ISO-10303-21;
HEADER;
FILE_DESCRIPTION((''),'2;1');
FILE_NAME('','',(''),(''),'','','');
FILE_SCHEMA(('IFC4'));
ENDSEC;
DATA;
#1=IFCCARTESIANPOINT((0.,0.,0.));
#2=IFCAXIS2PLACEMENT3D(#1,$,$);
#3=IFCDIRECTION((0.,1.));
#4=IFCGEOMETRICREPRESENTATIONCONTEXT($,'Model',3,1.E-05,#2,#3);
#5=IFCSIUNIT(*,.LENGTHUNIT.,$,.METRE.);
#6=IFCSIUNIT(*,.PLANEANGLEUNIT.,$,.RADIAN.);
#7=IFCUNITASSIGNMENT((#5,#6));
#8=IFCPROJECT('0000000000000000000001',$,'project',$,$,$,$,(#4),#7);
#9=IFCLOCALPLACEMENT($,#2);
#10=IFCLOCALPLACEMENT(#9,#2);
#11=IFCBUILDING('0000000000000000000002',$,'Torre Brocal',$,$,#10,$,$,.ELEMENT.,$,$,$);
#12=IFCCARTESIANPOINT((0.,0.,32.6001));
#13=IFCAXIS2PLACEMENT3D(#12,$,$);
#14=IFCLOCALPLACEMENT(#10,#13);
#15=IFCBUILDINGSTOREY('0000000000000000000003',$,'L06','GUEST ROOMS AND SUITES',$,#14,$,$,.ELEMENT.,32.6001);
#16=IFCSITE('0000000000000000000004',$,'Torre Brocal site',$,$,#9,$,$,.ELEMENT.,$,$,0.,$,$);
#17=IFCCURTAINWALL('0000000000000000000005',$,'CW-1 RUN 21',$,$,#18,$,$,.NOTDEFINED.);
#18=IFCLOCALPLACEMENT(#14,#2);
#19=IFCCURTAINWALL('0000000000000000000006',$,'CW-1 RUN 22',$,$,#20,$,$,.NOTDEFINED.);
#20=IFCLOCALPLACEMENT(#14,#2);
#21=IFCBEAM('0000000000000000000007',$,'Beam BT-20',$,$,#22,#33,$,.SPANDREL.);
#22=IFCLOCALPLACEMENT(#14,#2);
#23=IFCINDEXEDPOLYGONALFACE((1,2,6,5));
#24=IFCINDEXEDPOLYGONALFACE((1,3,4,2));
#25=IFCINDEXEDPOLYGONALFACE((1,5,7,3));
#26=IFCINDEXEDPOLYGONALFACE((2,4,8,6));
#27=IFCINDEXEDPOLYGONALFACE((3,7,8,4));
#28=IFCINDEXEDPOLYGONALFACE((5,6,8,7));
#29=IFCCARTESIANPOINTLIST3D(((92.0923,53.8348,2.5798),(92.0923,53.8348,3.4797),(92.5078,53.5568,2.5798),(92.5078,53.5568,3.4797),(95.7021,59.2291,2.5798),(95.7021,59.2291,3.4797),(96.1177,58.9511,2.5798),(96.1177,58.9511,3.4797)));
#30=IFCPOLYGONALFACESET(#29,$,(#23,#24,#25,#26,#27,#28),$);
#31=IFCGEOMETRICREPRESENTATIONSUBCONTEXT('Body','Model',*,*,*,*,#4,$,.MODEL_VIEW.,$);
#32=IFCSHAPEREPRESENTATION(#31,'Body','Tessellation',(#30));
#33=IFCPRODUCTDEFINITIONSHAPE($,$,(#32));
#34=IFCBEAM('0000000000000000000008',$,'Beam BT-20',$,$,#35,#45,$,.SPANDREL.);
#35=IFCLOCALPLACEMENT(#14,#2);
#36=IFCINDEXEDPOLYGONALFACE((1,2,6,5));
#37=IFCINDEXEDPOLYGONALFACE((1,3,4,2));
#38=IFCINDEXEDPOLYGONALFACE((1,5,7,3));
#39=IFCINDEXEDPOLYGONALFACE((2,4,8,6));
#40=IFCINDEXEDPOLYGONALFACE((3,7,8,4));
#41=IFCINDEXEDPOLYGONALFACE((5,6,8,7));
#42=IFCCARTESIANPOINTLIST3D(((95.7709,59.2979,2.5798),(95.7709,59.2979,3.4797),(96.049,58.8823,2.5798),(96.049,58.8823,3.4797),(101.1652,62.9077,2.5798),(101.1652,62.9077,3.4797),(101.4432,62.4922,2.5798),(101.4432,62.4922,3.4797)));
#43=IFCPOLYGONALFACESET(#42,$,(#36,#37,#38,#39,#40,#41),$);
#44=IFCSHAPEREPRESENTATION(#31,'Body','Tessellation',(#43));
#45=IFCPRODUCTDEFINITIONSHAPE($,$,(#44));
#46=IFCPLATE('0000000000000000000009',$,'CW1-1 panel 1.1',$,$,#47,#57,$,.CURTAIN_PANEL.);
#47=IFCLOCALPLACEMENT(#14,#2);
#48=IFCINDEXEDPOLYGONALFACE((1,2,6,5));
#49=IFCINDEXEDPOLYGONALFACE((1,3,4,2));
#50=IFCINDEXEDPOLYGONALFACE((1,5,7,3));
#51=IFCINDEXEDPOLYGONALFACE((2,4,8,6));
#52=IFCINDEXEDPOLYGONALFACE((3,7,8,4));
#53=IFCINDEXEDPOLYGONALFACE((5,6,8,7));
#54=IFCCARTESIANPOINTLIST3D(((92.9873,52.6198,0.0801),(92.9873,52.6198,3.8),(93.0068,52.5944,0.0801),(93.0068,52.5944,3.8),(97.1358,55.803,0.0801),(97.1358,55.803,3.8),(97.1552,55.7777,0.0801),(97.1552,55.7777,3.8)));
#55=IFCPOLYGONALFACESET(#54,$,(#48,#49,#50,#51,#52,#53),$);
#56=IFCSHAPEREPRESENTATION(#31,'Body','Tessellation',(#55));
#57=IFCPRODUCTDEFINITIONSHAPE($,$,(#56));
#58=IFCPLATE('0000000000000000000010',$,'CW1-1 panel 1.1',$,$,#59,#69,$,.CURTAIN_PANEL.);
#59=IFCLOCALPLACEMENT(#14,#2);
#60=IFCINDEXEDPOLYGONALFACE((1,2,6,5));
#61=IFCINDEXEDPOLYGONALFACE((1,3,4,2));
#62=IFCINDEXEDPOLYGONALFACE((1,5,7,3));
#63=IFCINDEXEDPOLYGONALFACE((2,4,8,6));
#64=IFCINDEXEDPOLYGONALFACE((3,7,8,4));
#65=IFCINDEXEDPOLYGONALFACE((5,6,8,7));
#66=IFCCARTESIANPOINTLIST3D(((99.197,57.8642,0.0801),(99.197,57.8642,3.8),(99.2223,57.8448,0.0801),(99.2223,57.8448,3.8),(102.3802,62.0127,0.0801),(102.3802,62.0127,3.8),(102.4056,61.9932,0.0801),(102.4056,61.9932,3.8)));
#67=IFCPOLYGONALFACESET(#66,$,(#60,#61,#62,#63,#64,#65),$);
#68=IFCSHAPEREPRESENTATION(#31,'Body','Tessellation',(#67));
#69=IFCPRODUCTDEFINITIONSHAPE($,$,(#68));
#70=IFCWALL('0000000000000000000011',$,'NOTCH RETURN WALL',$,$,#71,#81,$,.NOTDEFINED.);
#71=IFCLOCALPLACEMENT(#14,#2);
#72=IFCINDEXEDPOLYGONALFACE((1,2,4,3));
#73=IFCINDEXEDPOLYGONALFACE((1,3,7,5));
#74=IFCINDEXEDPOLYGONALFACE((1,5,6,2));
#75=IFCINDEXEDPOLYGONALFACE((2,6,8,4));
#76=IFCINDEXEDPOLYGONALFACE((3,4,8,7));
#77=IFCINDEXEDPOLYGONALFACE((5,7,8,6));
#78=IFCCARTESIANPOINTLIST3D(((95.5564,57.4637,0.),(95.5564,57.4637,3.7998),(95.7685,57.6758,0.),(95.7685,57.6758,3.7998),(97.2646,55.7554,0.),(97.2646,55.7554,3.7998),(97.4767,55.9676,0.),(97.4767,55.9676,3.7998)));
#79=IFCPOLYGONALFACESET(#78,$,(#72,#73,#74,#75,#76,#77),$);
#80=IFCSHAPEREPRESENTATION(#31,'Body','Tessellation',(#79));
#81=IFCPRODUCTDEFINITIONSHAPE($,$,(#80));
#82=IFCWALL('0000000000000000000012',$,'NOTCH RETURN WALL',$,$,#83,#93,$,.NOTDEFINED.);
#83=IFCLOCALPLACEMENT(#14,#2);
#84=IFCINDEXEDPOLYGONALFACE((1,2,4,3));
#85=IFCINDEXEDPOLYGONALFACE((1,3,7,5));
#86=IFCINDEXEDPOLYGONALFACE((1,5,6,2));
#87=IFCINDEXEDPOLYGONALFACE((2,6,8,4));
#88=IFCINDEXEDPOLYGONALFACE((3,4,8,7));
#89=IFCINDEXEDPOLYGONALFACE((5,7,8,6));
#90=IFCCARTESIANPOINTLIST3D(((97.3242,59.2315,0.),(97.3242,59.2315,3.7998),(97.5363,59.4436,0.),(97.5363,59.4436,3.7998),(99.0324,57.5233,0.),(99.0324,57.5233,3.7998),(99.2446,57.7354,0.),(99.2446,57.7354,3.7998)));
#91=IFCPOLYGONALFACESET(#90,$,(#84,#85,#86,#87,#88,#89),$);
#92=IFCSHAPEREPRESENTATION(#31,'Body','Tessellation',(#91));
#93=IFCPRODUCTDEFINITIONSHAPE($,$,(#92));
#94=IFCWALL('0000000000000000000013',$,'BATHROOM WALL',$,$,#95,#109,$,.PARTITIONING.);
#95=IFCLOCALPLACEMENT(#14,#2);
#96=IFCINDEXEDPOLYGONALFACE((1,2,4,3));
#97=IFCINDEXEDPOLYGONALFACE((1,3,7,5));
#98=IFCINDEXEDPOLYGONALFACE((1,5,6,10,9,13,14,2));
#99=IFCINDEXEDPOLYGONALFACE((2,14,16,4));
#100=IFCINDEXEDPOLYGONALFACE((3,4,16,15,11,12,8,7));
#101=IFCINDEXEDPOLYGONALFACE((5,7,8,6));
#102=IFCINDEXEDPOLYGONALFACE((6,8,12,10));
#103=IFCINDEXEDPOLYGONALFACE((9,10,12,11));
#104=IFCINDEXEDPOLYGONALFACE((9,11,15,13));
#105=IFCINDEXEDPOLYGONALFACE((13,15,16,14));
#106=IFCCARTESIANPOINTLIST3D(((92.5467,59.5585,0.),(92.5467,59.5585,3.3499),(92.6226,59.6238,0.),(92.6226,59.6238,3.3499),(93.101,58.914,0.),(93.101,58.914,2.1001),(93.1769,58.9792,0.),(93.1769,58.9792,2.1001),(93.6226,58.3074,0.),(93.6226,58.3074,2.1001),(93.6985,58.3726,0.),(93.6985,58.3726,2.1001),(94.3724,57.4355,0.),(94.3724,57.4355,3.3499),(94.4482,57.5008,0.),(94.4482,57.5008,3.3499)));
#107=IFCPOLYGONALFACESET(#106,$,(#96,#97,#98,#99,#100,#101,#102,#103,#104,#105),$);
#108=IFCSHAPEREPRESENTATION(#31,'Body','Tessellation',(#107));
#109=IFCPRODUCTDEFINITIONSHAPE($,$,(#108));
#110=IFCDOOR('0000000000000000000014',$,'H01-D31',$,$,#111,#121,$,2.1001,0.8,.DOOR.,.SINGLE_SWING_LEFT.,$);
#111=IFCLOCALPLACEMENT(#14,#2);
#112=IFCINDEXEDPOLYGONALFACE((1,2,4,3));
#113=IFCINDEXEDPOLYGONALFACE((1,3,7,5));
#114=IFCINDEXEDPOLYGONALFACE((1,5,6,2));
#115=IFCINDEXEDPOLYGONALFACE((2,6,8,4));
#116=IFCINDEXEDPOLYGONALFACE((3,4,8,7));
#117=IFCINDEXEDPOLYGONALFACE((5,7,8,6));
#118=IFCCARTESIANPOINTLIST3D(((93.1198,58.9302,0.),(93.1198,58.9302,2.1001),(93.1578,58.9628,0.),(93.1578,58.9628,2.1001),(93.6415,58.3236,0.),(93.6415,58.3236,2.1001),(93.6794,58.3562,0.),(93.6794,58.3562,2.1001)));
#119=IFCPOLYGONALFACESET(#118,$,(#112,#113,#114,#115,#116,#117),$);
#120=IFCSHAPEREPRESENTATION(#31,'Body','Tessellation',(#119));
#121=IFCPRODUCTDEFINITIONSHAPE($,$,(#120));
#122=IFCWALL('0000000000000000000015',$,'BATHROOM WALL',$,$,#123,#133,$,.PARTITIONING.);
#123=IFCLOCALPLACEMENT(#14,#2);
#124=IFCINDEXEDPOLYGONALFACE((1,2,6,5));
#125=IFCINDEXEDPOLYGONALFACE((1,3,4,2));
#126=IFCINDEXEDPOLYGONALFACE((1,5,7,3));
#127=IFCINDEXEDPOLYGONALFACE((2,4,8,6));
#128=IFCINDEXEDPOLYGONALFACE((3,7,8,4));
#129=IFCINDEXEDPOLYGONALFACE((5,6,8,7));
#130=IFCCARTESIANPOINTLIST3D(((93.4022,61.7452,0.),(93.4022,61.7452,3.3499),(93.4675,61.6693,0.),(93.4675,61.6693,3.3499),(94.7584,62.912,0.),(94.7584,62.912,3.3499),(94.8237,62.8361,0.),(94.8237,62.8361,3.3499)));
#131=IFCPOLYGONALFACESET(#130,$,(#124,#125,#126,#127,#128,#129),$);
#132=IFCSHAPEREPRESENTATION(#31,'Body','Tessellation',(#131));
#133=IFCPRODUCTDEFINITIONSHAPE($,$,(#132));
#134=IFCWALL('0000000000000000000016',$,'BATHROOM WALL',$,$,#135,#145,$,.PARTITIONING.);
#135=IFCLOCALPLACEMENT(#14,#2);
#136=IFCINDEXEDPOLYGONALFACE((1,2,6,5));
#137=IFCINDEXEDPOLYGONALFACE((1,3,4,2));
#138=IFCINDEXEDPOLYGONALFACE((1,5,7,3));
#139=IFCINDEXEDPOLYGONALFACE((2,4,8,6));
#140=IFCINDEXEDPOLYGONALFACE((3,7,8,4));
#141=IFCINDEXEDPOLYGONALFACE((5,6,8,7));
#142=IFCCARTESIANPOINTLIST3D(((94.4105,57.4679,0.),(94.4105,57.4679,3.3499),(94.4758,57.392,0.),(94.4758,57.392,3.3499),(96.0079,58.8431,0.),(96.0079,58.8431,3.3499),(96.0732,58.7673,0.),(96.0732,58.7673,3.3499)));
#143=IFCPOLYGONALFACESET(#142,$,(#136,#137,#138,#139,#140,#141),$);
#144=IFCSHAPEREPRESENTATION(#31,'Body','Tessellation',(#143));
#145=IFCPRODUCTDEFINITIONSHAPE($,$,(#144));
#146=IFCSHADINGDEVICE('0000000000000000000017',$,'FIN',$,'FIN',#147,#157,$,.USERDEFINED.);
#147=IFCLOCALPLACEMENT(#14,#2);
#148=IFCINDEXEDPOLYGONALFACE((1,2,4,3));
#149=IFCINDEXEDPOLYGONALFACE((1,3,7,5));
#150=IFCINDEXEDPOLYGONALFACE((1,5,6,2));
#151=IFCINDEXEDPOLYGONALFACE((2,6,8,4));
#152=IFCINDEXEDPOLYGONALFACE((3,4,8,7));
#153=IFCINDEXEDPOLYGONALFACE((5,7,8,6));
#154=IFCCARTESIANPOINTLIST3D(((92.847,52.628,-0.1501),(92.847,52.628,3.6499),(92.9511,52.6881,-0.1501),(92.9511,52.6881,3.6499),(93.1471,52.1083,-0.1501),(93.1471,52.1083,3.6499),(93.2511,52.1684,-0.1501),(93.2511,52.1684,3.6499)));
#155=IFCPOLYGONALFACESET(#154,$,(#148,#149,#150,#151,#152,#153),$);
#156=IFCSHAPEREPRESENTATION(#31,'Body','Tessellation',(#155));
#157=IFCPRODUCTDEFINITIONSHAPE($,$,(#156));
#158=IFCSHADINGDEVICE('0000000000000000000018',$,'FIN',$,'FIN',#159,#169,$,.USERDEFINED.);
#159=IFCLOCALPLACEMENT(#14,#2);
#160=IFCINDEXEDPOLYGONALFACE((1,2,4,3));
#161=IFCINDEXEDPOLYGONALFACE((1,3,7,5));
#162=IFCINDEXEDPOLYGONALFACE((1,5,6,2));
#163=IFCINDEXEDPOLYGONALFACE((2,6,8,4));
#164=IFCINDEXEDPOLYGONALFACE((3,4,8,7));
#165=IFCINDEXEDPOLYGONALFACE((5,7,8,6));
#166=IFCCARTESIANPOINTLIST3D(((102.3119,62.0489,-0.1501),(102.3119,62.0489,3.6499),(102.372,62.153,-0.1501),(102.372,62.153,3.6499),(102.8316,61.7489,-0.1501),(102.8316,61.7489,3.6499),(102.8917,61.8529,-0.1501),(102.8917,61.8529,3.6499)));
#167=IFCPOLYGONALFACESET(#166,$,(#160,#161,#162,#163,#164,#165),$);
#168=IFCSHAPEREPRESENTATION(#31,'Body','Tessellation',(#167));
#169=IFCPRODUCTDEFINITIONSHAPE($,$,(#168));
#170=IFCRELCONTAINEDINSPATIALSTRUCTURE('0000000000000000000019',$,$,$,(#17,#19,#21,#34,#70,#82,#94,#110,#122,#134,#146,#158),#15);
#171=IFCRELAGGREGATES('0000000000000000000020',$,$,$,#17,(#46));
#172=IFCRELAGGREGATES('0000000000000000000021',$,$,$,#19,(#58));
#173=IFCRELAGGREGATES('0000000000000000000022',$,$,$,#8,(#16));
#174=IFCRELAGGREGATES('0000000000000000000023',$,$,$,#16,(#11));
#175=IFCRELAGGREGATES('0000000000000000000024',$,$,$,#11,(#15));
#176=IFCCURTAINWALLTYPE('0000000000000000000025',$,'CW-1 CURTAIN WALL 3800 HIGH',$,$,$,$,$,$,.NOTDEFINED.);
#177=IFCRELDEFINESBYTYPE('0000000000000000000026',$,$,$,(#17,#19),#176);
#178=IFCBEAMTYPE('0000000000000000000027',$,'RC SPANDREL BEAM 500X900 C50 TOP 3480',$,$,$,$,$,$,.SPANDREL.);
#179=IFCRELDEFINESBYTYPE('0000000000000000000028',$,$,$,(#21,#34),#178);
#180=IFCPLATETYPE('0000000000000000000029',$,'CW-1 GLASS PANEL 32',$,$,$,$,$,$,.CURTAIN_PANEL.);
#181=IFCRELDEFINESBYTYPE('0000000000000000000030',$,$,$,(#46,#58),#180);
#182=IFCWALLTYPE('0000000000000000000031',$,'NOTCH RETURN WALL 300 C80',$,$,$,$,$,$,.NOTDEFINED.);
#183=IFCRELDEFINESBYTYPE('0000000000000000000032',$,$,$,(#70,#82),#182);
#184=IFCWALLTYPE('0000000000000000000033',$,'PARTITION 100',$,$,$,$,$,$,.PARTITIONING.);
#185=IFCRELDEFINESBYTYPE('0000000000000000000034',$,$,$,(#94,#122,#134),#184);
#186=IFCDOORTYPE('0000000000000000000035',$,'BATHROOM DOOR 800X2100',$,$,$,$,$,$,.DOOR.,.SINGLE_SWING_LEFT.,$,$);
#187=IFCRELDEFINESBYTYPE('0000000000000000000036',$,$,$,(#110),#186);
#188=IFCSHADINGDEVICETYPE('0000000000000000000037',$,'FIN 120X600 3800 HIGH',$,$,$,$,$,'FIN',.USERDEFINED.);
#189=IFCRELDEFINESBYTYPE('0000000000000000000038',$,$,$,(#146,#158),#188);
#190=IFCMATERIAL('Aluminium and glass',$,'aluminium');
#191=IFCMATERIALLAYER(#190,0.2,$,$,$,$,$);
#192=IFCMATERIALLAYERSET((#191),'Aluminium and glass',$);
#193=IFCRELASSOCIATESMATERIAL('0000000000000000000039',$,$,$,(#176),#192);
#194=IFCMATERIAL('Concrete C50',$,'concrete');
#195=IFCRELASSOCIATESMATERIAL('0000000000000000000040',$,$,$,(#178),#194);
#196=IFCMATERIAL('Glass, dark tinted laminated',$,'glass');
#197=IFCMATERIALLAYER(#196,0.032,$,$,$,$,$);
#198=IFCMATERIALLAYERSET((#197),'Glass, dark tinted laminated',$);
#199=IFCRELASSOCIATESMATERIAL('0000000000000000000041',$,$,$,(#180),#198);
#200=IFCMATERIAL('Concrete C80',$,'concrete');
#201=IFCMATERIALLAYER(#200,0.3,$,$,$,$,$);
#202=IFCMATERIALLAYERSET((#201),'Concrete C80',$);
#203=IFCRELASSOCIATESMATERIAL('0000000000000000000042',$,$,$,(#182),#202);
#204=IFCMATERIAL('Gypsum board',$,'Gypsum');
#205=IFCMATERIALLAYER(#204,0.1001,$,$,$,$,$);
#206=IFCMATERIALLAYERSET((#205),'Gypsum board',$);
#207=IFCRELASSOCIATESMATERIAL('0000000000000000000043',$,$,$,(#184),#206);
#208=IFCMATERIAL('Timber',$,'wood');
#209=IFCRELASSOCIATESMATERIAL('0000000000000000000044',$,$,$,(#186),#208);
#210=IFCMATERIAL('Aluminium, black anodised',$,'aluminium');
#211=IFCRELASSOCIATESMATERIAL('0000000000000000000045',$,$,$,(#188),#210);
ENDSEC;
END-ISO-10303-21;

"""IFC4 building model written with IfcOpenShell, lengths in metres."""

from ifc_helpers import new_model, si_unit, direction, frame, frame_2d, origin, origin_2d, place, context, subcontext, project, spatial, rectangle, extrude, material, layer, layer_set, material_profile, profile_set, type_object, element, fill, aggregate, save


model = new_model("IFC4")

# Units and contexts
model_context = context("Model", 3, precision=1e-05, world=origin(), true_north=direction((0.0, 1.0)))
body_context = subcontext(model_context, "Body", "Model", "MODEL_VIEW")
ifc_project = project(units=[si_unit("LENGTHUNIT", "METRE"), si_unit("PLANEANGLEUNIT", "RADIAN")], contexts=[model_context])

# Site, building, storey
site_placement = place(None, origin())
site = spatial("IfcSite", under=ifc_project, at=site_placement, Name="Torre Brocal site", CompositionType="ELEMENT", RefElevation=0.0)
building_placement = place(site_placement, origin())
building = spatial("IfcBuilding", under=site, at=building_placement, Name="Torre Brocal", CompositionType="ELEMENT")
storey_placement = place(building_placement, frame((0.0, 0.0, 32.6001)))
storey = spatial("IfcBuildingStorey", under=building, at=storey_placement, Name="L06", Description="GUEST ROOMS AND SUITES", CompositionType="ELEMENT", Elevation=32.6001)

# Shared definitions
ifc_material_1 = material(Name="Aluminium and glass", Category="aluminium")
ifc_layer_1 = layer(ifc_material_1, 0.2)
ifc_layer_set_1 = layer_set([ifc_layer_1], Name="Aluminium and glass")
curtain_wall_type = type_object("IfcCurtainWallType", Name="CW-1 CURTAIN WALL 3800 HIGH", PredefinedType="NOTDEFINED", material=ifc_layer_set_1)

# Curtain walls
curtain_wall_1_placement = place(storey_placement, origin())
curtain_wall_1 = element("IfcCurtainWall", 1, at=curtain_wall_1_placement, inside=storey, type_object=curtain_wall_type, Name="CW-1 RUN 21", PredefinedType="NOTDEFINED")
curtain_wall_2_placement = place(storey_placement, origin())
curtain_wall_2 = element("IfcCurtainWall", 2, at=curtain_wall_2_placement, inside=storey, type_object=curtain_wall_type, Name="CW-1 RUN 22", PredefinedType="NOTDEFINED")

# Beams
ifc_material_2 = material(Name="Concrete C50", Category="concrete")
ifc_material_profile_1 = material_profile(ifc_material_2, rectangle(XDim=0.5, YDim=0.8999, at=origin_2d()), Name="RC 500X900")
ifc_profile_set_1 = profile_set([ifc_material_profile_1], Name="Concrete C50")
beam_type_1 = type_object("IfcBeamType", Name="RC SPANDREL BEAM 500X900 C50 TOP 3480", PredefinedType="SPANDREL", material=ifc_profile_set_1)
for number, where, z_axis, x_axis, name in (
    (3, (92.3, 53.6958, 3.0298), (0.556158, 0.831077, 0.0), (-0.831077, 0.556158, 0.0), "Beam BT-20"),
    (4, (95.9099, 59.0901, 3.0298), (0.831077, 0.556158, 0.0), (-0.556158, 0.831077, 0.0), "Beam BT-20"),
):
    element("IfcBeam", number, at=place(storey_placement, frame(where, z_axis=z_axis, x_axis=x_axis)), inside=storey, type_object=beam_type_1, Name=name, PredefinedType="SPANDREL", context=body_context, shape_type="SweptSolid", body=[
        extrude(rectangle(XDim=0.5, YDim=0.8999, at=origin_2d()), origin(), (0.0, 0.0, 1.0), 6.4907),
    ])

# Plates
ifc_material_3 = material(Name="Glass, dark tinted laminated", Category="glass")
ifc_layer_2 = layer(ifc_material_3, 0.032)
ifc_layer_set_2 = layer_set([ifc_layer_2], Name="Glass, dark tinted laminated")
plate_type = type_object("IfcPlateType", Name="CW-1 GLASS PANEL 32", PredefinedType="CURTAIN_PANEL", material=ifc_layer_set_2)
plate_1_placement = place(storey_placement, frame((95.0713, 54.1987, 0.0801), z_axis=(0.0, 0.0, 1.0), x_axis=(0.793353, 0.608761, 0.0)))
plate_1 = element("IfcPlate", 5, at=plate_1_placement, type_object=plate_type, Name="CW1-1 panel 1.1", PredefinedType="CURTAIN_PANEL", context=body_context, shape_type="SweptSolid", body=[
    extrude(rectangle(XDim=5.229, YDim=0.032, at=origin_2d()), origin(), (0.0, 0.0, 1.0), 3.72),
])
aggregate(curtain_wall_1, [plate_1])
plate_2_placement = place(storey_placement, frame((100.8013, 59.9287, 0.0801), z_axis=(0.0, 0.0, 1.0), x_axis=(0.608761, 0.793353, 0.0)))
plate_2 = element("IfcPlate", 6, at=plate_2_placement, type_object=plate_type, Name="CW1-1 panel 1.1", PredefinedType="CURTAIN_PANEL", context=body_context, shape_type="SweptSolid", body=[
    extrude(rectangle(XDim=5.229, YDim=0.032, at=origin_2d()), origin(), (0.0, 0.0, 1.0), 3.72),
])
aggregate(curtain_wall_2, [plate_2])

# Walls
ifc_material_4 = material(Name="Concrete C80", Category="concrete")
ifc_layer_3 = layer(ifc_material_4, 0.3)
ifc_layer_set_3 = layer_set([ifc_layer_3], Name="Concrete C80")
wall_type_1 = type_object("IfcWallType", Name="NOTCH RETURN WALL 300 C80", PredefinedType="NOTDEFINED", material=ifc_layer_set_3)
for number, where, z_axis, x_axis, name in (
    (7, (95.6624, 57.5698, 0.0), (0.0, 0.0, 1.0), (0.707107, -0.707107, 0.0), "NOTCH RETURN WALL"),
    (8, (97.4302, 59.3376, 0.0), (0.0, 0.0, 1.0), (0.707107, -0.707107, 0.0), "NOTCH RETURN WALL"),
):
    element("IfcWall", number, at=place(storey_placement, frame(where, z_axis=z_axis, x_axis=x_axis)), inside=storey, type_object=wall_type_1, Name=name, PredefinedType="NOTDEFINED", context=body_context, shape_type="SweptSolid", body=[
        extrude(rectangle(XDim=2.4158, YDim=0.3, at=frame_2d((1.208, 0.0))), origin(), (0.0, 0.0, 1.0), 3.7998),
    ])

# Wall, opening, door
ifc_material_5 = material(Name="Gypsum board", Category="Gypsum")
ifc_layer_4 = layer(ifc_material_5, 0.1001)
ifc_layer_set_4 = layer_set([ifc_layer_4], Name="Gypsum board")
wall_type_2 = type_object("IfcWallType", Name="PARTITION 100", PredefinedType="PARTITIONING", material=ifc_layer_set_4)
wall_1_placement = place(storey_placement, frame((92.5847, 59.5911, 0.0), z_axis=(0.0, 0.0, 1.0), x_axis=(0.652011, -0.758209, 0.0)))
wall_1 = element("IfcWall", 9, at=wall_1_placement, inside=storey, type_object=wall_type_2, Name="BATHROOM WALL", PredefinedType="PARTITIONING", context=body_context, shape_type="SweptSolid", body=[
    extrude(rectangle(XDim=2.8, YDim=0.1001, at=frame_2d((1.3999, 0.0))), origin(), (0.0, 0.0, 1.0), 3.3499),
])
opening_placement = place(wall_1_placement, frame((0.8501, 0.0, 0.0)))
opening = element("IfcOpeningElement", 10, at=opening_placement, cuts=wall_1, PredefinedType="OPENING", context=body_context, shape_type="SweptSolid", body=[
    extrude(rectangle(XDim=0.8, YDim=2.1001, at=frame_2d((0.3999, 1.05))), frame((0.0, 0.0601, 0.0), z_axis=(0.0, -1.0, 0.0), x_axis=(1.0, 0.0, 0.0)), (0.0, 0.0, 1.0), 0.1201),
])
ifc_material_6 = material(Name="Timber", Category="wood")
door_type = type_object("IfcDoorType", Name="BATHROOM DOOR 800X2100", OperationType="SINGLE_SWING_LEFT", PredefinedType="DOOR", material=ifc_material_6)
door_placement = place(opening_placement, origin())
door = element("IfcDoor", 11, at=door_placement, inside=storey, type_object=door_type, Name="H01-D31", OperationType="SINGLE_SWING_LEFT", OverallHeight=2.1001, OverallWidth=0.8, PredefinedType="DOOR", context=body_context, shape_type="SweptSolid", body=[
    extrude(rectangle(XDim=0.8, YDim=2.1001, at=frame_2d((0.3999, 1.05))), frame((0.0, 0.0249, 0.0), z_axis=(0.0, -1.0, 0.0), x_axis=(1.0, 0.0, 0.0)), (0.0, 0.0, 1.0), 0.05),
])
fill(opening, door)

# Walls
wall_2_placement = place(storey_placement, frame((93.4348, 61.7073, 0.0), z_axis=(0.0, 0.0, 1.0), x_axis=(0.75807, 0.652173, 0.0)))
element("IfcWall", 12, at=wall_2_placement, inside=storey, type_object=wall_type_2, Name="BATHROOM WALL", PredefinedType="PARTITIONING", context=body_context, shape_type="SweptSolid", body=[
    extrude(rectangle(XDim=1.7891, YDim=0.1001, at=frame_2d((0.8945, 0.0))), origin(), (0.0, 0.0, 1.0), 3.3499),
])
wall_3_placement = place(storey_placement, frame((94.4431, 57.4299, 0.0), z_axis=(0.0, 0.0, 1.0), x_axis=(0.75784, 0.65244, 0.0)))
element("IfcWall", 13, at=wall_3_placement, inside=storey, type_object=wall_type_2, Name="BATHROOM WALL", PredefinedType="PARTITIONING", context=body_context, shape_type="SweptSolid", body=[
    extrude(rectangle(XDim=2.1079, YDim=0.1001, at=frame_2d((1.054, 0.0))), origin(), (0.0, 0.0, 1.0), 3.3499),
])

# Shading devices
ifc_material_7 = material(Name="Aluminium, black anodised", Category="aluminium")
ifc_material_profile_2 = material_profile(ifc_material_7, rectangle(XDim=0.1201, YDim=0.6001, at=origin_2d()), Name="FIN 120X600 3800 HIGH")
ifc_profile_set_2 = profile_set([ifc_material_profile_2], Name="Aluminium, black anodised")
shading_device_type = type_object("IfcShadingDeviceType", Name="FIN 120X600 3800 HIGH", ElementType="FIN", PredefinedType="USERDEFINED", material=ifc_profile_set_2)
for number, where, z_axis, x_axis, name in (
    (14, (93.0491, 52.3982, -0.1501), (0.0, 0.0, 1.0), (0.866025, 0.5, 0.0), "FIN"),
    (15, (102.6018, 61.9509, -0.1501), (0.0, 0.0, 1.0), (0.5, 0.866025, 0.0), "FIN"),
):
    element("IfcShadingDevice", number, at=place(storey_placement, frame(where, z_axis=z_axis, x_axis=x_axis)), inside=storey, type_object=shading_device_type, Name=name, ObjectType="FIN", PredefinedType="USERDEFINED", context=body_context, shape_type="SweptSolid", body=[
        extrude(rectangle(XDim=0.1201, YDim=0.6001, at=origin_2d()), origin(), (0.0, 0.0, 1.0), 3.8),
    ])

save(model, "model.ifc")
